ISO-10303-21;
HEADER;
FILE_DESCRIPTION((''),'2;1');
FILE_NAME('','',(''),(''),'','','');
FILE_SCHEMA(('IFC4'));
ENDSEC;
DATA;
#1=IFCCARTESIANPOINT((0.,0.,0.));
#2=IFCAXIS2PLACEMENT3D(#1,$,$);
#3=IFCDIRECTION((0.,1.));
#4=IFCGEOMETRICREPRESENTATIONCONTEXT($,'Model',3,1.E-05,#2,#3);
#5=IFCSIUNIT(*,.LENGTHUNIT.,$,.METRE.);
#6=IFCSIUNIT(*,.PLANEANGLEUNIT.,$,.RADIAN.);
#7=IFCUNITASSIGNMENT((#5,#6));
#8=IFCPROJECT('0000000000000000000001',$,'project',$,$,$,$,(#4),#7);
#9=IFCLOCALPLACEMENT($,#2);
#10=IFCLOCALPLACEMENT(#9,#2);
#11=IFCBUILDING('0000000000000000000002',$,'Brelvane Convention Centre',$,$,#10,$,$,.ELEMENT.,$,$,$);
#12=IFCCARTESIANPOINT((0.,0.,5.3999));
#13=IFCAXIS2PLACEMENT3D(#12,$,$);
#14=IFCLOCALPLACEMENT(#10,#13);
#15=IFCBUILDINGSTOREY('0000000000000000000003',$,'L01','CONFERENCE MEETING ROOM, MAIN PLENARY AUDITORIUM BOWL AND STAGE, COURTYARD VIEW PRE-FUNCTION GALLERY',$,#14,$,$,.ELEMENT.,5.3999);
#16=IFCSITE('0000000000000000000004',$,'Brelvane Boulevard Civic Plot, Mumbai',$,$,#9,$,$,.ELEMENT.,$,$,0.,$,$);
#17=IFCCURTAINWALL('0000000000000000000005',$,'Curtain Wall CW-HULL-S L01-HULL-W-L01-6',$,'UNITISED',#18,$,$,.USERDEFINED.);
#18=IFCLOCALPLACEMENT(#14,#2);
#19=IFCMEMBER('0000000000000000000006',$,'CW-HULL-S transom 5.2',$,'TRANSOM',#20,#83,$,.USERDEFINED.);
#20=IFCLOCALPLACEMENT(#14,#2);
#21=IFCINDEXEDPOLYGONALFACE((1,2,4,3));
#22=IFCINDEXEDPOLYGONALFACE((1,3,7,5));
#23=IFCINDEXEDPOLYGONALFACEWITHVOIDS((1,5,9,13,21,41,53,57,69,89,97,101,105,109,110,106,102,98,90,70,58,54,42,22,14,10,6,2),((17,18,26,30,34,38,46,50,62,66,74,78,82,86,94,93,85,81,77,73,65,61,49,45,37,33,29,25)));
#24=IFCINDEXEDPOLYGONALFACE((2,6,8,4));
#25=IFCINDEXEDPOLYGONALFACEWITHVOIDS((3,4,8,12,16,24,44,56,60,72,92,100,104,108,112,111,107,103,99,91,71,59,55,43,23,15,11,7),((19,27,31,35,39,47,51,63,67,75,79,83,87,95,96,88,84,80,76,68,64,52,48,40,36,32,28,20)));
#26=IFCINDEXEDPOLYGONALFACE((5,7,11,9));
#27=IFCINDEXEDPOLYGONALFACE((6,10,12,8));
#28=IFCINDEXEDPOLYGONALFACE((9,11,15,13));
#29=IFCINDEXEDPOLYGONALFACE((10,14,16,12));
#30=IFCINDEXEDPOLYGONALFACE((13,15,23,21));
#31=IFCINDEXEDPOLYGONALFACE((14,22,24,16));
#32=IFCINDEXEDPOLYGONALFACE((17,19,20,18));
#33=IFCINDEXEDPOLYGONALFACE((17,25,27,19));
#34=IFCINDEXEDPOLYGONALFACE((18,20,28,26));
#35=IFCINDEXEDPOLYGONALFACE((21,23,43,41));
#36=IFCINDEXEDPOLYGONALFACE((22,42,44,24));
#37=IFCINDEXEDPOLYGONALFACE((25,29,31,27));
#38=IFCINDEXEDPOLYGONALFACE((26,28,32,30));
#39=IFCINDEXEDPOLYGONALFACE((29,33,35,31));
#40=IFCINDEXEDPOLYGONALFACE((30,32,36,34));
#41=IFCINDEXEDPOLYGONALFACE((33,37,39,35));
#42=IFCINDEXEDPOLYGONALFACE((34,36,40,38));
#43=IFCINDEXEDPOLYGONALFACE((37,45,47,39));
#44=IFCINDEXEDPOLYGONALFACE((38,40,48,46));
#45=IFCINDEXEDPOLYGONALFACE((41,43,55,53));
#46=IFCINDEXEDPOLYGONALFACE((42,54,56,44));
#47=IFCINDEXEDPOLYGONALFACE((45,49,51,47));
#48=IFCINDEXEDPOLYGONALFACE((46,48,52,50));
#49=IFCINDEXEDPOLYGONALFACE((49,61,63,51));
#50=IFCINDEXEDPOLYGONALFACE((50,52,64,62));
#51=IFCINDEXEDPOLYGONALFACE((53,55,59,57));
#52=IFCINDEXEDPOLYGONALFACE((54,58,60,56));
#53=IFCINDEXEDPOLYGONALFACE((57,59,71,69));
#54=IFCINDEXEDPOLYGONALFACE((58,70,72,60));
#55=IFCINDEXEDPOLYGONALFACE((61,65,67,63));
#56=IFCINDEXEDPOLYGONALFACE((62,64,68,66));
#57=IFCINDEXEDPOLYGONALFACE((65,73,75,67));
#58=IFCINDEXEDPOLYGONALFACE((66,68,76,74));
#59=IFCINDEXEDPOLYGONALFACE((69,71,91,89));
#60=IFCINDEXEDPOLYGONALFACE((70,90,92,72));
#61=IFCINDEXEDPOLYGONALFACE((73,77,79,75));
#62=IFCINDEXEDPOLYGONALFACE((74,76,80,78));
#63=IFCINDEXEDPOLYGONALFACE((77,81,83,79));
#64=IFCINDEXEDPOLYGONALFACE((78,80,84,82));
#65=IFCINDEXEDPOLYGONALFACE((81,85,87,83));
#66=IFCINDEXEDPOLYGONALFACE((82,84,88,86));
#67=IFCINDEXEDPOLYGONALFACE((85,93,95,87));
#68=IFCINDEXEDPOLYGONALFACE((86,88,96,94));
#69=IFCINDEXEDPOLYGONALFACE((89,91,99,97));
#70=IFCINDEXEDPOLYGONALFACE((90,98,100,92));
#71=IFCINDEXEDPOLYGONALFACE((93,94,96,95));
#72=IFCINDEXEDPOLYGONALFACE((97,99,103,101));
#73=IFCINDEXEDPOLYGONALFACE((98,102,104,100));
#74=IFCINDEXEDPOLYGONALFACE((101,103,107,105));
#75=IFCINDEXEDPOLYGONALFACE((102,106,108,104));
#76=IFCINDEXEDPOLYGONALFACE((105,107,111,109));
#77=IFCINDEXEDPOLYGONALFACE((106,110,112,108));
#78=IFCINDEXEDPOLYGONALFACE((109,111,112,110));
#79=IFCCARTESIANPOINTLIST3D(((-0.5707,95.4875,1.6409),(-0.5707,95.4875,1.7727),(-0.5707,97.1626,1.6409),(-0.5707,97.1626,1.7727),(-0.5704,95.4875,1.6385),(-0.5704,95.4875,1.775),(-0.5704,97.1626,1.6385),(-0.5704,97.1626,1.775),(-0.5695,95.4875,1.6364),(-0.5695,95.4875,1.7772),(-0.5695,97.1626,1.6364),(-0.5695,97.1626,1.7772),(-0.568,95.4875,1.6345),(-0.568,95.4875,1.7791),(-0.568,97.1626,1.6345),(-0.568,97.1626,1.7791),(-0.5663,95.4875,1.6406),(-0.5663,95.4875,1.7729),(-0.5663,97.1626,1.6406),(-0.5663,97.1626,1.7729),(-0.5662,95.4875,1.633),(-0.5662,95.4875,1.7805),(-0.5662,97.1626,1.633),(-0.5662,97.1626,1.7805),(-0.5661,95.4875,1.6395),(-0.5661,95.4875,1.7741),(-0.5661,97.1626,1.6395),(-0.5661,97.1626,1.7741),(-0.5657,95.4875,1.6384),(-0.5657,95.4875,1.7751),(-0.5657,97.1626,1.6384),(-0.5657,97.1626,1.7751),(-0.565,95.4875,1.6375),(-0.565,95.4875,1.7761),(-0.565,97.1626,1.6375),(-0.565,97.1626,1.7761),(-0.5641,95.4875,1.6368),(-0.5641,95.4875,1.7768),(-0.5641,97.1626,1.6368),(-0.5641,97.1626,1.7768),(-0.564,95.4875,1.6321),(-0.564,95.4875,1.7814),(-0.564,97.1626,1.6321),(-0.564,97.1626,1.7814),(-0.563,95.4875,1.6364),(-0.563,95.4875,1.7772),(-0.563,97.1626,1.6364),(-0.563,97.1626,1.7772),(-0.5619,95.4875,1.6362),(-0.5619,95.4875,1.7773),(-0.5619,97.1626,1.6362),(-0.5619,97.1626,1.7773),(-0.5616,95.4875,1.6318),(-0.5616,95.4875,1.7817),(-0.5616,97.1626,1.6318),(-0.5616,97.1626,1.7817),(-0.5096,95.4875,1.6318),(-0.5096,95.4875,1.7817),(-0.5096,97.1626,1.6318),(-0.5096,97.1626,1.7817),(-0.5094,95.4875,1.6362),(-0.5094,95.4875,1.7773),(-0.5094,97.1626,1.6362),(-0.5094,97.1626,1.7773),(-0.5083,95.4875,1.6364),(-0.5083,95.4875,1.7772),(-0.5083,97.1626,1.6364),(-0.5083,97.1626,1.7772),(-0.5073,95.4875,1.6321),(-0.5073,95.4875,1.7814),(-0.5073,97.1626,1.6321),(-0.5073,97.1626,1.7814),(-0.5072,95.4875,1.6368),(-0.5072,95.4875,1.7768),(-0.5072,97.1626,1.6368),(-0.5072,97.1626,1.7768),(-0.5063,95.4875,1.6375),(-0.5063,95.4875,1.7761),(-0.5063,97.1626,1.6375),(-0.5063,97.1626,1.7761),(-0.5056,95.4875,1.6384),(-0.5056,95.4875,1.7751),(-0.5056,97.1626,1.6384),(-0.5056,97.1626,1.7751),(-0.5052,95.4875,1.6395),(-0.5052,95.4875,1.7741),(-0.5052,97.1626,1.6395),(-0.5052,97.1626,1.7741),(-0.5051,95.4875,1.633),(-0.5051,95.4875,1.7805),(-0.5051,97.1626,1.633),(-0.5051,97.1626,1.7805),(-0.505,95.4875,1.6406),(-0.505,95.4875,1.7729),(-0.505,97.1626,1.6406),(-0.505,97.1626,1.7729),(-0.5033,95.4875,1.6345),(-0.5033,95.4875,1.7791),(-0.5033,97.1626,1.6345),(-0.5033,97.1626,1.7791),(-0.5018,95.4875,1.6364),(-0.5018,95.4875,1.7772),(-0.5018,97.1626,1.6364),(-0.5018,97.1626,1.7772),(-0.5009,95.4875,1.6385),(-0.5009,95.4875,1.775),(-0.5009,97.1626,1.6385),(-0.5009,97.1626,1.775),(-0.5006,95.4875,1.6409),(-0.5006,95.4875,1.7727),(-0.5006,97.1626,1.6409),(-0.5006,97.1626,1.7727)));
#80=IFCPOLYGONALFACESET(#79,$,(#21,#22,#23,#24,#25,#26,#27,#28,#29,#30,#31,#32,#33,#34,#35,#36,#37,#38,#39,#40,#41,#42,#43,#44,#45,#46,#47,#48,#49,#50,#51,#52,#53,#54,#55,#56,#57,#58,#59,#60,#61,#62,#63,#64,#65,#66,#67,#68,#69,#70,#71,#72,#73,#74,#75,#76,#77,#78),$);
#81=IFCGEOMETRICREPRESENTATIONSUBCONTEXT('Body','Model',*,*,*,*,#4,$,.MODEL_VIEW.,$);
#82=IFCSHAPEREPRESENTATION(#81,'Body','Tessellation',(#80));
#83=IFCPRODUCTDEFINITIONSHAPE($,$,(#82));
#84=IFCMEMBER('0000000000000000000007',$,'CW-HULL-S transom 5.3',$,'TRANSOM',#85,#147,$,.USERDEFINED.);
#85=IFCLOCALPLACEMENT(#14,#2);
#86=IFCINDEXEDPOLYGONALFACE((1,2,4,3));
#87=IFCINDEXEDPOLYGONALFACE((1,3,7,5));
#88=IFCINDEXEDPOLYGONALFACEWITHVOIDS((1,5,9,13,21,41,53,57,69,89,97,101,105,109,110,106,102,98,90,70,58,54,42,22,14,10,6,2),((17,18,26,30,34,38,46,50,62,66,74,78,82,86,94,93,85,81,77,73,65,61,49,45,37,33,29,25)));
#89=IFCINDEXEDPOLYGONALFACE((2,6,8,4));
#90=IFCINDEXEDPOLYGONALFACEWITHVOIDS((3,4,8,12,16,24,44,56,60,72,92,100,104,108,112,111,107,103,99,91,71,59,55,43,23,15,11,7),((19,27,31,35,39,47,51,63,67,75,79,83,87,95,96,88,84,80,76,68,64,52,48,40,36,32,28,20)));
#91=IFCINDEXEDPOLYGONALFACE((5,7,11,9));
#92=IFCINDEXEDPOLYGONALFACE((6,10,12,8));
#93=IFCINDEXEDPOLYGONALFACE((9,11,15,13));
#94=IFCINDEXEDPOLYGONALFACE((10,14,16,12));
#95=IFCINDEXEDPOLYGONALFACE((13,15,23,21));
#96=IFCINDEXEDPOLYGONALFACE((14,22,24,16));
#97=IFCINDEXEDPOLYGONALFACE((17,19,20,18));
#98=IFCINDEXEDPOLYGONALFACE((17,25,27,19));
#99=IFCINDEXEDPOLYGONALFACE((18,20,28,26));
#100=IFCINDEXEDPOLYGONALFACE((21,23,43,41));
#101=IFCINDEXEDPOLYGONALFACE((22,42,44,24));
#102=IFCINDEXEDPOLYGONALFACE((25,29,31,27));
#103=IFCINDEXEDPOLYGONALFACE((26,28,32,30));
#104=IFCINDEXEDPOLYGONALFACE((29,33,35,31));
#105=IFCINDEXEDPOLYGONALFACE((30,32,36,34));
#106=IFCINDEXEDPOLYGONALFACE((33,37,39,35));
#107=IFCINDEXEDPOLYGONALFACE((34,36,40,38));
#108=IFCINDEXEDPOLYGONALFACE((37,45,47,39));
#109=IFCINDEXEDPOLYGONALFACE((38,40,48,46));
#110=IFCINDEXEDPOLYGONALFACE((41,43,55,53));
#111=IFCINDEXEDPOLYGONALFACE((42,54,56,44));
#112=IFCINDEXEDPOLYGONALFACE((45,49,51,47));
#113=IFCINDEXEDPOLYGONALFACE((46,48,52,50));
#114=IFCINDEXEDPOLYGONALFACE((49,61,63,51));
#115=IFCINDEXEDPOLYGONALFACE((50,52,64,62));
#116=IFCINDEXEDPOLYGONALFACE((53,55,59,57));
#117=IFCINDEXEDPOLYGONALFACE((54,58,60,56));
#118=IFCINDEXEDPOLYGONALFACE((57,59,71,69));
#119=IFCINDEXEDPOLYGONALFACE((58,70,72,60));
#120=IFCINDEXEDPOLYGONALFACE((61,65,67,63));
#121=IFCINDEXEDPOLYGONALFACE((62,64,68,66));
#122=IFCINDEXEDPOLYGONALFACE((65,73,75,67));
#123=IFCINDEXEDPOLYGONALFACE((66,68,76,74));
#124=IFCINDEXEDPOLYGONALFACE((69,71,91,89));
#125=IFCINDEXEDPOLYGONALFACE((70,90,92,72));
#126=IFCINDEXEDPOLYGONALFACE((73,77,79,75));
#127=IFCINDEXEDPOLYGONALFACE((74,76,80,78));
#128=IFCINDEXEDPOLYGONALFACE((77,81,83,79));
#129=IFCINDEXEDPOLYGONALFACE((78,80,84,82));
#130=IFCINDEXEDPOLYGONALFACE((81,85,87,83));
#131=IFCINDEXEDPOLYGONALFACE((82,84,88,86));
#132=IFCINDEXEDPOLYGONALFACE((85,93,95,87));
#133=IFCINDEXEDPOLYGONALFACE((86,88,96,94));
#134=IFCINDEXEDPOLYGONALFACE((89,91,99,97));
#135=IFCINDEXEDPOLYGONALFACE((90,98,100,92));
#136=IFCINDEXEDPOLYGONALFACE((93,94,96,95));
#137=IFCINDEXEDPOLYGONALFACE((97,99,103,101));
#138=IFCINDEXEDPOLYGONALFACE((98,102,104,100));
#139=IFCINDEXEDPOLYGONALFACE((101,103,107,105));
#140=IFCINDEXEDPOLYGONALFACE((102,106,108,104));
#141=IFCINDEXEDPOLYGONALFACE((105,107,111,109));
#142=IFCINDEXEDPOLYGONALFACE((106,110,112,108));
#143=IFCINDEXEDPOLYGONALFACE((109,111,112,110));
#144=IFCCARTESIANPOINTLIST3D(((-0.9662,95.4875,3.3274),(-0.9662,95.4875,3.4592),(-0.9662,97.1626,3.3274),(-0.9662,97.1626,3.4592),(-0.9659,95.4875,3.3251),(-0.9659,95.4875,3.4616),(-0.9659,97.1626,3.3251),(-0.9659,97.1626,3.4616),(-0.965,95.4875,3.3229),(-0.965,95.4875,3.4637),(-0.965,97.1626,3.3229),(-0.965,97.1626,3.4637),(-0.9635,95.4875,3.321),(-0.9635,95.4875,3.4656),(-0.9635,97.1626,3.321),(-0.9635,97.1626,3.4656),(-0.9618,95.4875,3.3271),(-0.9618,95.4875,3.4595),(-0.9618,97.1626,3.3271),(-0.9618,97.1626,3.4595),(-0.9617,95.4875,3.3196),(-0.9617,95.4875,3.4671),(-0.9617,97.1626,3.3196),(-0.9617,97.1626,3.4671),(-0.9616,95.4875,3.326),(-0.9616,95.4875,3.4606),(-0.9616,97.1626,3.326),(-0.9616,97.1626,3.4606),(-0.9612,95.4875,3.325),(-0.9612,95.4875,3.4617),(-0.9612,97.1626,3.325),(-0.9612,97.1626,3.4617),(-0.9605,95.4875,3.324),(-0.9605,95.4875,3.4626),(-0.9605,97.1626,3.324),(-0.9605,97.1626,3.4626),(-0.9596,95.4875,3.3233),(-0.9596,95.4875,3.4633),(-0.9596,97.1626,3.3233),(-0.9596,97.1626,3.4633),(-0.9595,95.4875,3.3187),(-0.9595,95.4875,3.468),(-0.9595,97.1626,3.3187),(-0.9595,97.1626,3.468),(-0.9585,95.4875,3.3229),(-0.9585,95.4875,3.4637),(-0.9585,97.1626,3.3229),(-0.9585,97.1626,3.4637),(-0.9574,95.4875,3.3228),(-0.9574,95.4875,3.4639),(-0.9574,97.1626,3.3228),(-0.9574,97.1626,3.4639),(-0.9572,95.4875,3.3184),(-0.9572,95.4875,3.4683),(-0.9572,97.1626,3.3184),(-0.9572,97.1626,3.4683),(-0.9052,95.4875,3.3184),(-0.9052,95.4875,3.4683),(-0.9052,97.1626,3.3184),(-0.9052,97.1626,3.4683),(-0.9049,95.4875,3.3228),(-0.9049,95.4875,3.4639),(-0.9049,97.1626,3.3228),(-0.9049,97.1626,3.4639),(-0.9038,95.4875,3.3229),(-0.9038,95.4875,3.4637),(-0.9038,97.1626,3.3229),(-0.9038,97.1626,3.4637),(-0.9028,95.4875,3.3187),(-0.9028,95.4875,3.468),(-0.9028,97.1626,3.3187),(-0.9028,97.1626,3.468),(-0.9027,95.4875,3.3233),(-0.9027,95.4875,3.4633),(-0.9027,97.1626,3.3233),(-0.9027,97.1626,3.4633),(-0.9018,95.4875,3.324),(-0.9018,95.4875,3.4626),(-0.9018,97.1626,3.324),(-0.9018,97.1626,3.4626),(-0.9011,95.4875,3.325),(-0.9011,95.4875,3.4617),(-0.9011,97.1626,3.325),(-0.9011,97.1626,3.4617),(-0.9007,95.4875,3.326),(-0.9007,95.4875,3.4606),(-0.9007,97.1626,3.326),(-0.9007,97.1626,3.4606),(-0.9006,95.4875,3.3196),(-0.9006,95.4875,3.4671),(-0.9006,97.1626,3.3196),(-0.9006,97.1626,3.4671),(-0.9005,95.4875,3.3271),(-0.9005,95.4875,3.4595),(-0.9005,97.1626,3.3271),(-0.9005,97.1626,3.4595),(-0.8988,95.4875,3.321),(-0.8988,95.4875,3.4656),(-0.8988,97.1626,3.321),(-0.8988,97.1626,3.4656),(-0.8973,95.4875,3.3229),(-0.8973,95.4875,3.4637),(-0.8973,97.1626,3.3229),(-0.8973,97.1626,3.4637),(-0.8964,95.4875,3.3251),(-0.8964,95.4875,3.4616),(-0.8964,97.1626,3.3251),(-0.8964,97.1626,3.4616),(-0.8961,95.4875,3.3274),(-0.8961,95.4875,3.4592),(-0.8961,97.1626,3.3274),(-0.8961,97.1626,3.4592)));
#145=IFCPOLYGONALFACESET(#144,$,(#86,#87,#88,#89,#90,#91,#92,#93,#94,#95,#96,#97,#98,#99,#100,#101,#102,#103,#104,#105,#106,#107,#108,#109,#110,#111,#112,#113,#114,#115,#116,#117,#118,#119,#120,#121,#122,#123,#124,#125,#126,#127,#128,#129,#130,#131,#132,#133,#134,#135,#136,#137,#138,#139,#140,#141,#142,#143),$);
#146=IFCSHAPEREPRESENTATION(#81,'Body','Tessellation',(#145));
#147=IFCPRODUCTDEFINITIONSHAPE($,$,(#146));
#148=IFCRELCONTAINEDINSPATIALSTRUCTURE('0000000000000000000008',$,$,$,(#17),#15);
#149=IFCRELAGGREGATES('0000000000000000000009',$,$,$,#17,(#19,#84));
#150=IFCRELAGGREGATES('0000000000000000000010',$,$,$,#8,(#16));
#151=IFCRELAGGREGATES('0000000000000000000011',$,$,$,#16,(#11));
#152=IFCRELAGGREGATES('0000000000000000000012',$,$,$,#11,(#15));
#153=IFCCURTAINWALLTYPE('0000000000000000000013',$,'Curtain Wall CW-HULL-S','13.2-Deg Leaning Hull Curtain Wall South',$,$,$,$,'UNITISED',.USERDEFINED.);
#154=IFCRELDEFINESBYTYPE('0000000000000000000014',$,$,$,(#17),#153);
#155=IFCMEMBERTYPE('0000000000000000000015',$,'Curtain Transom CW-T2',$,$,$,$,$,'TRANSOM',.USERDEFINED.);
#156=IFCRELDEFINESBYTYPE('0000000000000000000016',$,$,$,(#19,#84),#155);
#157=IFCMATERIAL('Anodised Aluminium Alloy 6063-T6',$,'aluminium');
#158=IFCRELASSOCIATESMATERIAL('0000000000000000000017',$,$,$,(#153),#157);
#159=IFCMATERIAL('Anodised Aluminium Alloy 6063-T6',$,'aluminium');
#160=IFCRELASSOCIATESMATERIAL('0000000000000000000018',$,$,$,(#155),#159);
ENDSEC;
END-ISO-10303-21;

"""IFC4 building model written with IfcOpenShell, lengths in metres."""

from ifc_helpers import new_model, si_unit, direction, frame, origin, origin_2d, place, context, subcontext, project, spatial, hollow_rectangle, extrude, material, material_profile, profile_set, type_object, element, aggregate, save


model = new_model("IFC4")

# Units and contexts
model_context = context("Model", 3, precision=1e-05, world=origin(), true_north=direction((0.0, 1.0)))
body_context = subcontext(model_context, "Body", "Model", "MODEL_VIEW")
ifc_project = project(units=[si_unit("LENGTHUNIT", "METRE"), si_unit("PLANEANGLEUNIT", "RADIAN")], contexts=[model_context])

# Site, building, storey
site_placement = place(None, origin())
site = spatial("IfcSite", under=ifc_project, at=site_placement, Name="Brelvane Boulevard Civic Plot, Mumbai", CompositionType="ELEMENT", RefElevation=0.0)
building_placement = place(site_placement, origin())
building = spatial("IfcBuilding", under=site, at=building_placement, Name="Brelvane Convention Centre", CompositionType="ELEMENT")
storey_placement = place(building_placement, frame((0.0, 0.0, 5.3999)))
storey = spatial("IfcBuildingStorey", under=building, at=storey_placement, Name="L01", Description="CONFERENCE MEETING ROOM, MAIN PLENARY AUDITORIUM BOWL AND STAGE, COURTYARD VIEW PRE-FUNCTION GALLERY", CompositionType="ELEMENT", Elevation=5.3999)

# Curtain wall, members
ifc_material_1 = material(Name="Anodised Aluminium Alloy 6063-T6", Category="aluminium")
curtain_wall_type = type_object("IfcCurtainWallType", Name="Curtain Wall CW-HULL-S", Description="13.2-Deg Leaning Hull Curtain Wall South", ElementType="UNITISED", PredefinedType="USERDEFINED", material=ifc_material_1)
curtain_wall_placement = place(storey_placement, origin())
curtain_wall = element("IfcCurtainWall", 1, at=curtain_wall_placement, inside=storey, type_object=curtain_wall_type, Name="Curtain Wall CW-HULL-S L01-HULL-W-L01-6", ObjectType="UNITISED", PredefinedType="USERDEFINED")
ifc_material_2 = material(Name="Anodised Aluminium Alloy 6063-T6", Category="aluminium")
ifc_material_profile_1 = material_profile(ifc_material_2, hollow_rectangle(XDim=0.0701, YDim=0.1499, WallThickness=0.0044, InnerFilletRadius=0.0044, OuterFilletRadius=0.009, at=origin_2d()), Name="ALU-T 150x70x4.5")
ifc_profile_set_1 = profile_set([ifc_material_profile_1], Name="Anodised Aluminium Alloy 6063-T6")
member_type_1 = type_object("IfcMemberType", Name="Curtain Transom CW-T2", ElementType="TRANSOM", PredefinedType="USERDEFINED", material=ifc_profile_set_1)
member_1_placement = place(storey_placement, frame((-0.5356, 95.4875, 1.7068), z_axis=(0.0, 1.0, 0.0), x_axis=(-1.0, 0.0, 0.0)))
member_1 = element("IfcMember", 2, at=member_1_placement, type_object=member_type_1, Name="CW-HULL-S transom 5.2", ObjectType="TRANSOM", PredefinedType="USERDEFINED", context=body_context, shape_type="SweptSolid", body=[
    extrude(hollow_rectangle(XDim=0.0701, YDim=0.1499, WallThickness=0.0044, InnerFilletRadius=0.0044, OuterFilletRadius=0.009, at=origin_2d()), origin(), (0.0, 0.0, 1.0), 1.675),
])
member_2_placement = place(storey_placement, frame((-0.9312, 95.4875, 3.3933), z_axis=(0.0, 1.0, 0.0), x_axis=(-1.0, 0.0, 0.0)))
member_2 = element("IfcMember", 3, at=member_2_placement, type_object=member_type_1, Name="CW-HULL-S transom 5.3", ObjectType="TRANSOM", PredefinedType="USERDEFINED", context=body_context, shape_type="SweptSolid", body=[
    extrude(hollow_rectangle(XDim=0.0701, YDim=0.1499, WallThickness=0.0044, InnerFilletRadius=0.0044, OuterFilletRadius=0.009, at=origin_2d()), origin(), (0.0, 0.0, 1.0), 1.675),
])

aggregate(curtain_wall, [member_1, member_2])

save(model, "model.ifc")
